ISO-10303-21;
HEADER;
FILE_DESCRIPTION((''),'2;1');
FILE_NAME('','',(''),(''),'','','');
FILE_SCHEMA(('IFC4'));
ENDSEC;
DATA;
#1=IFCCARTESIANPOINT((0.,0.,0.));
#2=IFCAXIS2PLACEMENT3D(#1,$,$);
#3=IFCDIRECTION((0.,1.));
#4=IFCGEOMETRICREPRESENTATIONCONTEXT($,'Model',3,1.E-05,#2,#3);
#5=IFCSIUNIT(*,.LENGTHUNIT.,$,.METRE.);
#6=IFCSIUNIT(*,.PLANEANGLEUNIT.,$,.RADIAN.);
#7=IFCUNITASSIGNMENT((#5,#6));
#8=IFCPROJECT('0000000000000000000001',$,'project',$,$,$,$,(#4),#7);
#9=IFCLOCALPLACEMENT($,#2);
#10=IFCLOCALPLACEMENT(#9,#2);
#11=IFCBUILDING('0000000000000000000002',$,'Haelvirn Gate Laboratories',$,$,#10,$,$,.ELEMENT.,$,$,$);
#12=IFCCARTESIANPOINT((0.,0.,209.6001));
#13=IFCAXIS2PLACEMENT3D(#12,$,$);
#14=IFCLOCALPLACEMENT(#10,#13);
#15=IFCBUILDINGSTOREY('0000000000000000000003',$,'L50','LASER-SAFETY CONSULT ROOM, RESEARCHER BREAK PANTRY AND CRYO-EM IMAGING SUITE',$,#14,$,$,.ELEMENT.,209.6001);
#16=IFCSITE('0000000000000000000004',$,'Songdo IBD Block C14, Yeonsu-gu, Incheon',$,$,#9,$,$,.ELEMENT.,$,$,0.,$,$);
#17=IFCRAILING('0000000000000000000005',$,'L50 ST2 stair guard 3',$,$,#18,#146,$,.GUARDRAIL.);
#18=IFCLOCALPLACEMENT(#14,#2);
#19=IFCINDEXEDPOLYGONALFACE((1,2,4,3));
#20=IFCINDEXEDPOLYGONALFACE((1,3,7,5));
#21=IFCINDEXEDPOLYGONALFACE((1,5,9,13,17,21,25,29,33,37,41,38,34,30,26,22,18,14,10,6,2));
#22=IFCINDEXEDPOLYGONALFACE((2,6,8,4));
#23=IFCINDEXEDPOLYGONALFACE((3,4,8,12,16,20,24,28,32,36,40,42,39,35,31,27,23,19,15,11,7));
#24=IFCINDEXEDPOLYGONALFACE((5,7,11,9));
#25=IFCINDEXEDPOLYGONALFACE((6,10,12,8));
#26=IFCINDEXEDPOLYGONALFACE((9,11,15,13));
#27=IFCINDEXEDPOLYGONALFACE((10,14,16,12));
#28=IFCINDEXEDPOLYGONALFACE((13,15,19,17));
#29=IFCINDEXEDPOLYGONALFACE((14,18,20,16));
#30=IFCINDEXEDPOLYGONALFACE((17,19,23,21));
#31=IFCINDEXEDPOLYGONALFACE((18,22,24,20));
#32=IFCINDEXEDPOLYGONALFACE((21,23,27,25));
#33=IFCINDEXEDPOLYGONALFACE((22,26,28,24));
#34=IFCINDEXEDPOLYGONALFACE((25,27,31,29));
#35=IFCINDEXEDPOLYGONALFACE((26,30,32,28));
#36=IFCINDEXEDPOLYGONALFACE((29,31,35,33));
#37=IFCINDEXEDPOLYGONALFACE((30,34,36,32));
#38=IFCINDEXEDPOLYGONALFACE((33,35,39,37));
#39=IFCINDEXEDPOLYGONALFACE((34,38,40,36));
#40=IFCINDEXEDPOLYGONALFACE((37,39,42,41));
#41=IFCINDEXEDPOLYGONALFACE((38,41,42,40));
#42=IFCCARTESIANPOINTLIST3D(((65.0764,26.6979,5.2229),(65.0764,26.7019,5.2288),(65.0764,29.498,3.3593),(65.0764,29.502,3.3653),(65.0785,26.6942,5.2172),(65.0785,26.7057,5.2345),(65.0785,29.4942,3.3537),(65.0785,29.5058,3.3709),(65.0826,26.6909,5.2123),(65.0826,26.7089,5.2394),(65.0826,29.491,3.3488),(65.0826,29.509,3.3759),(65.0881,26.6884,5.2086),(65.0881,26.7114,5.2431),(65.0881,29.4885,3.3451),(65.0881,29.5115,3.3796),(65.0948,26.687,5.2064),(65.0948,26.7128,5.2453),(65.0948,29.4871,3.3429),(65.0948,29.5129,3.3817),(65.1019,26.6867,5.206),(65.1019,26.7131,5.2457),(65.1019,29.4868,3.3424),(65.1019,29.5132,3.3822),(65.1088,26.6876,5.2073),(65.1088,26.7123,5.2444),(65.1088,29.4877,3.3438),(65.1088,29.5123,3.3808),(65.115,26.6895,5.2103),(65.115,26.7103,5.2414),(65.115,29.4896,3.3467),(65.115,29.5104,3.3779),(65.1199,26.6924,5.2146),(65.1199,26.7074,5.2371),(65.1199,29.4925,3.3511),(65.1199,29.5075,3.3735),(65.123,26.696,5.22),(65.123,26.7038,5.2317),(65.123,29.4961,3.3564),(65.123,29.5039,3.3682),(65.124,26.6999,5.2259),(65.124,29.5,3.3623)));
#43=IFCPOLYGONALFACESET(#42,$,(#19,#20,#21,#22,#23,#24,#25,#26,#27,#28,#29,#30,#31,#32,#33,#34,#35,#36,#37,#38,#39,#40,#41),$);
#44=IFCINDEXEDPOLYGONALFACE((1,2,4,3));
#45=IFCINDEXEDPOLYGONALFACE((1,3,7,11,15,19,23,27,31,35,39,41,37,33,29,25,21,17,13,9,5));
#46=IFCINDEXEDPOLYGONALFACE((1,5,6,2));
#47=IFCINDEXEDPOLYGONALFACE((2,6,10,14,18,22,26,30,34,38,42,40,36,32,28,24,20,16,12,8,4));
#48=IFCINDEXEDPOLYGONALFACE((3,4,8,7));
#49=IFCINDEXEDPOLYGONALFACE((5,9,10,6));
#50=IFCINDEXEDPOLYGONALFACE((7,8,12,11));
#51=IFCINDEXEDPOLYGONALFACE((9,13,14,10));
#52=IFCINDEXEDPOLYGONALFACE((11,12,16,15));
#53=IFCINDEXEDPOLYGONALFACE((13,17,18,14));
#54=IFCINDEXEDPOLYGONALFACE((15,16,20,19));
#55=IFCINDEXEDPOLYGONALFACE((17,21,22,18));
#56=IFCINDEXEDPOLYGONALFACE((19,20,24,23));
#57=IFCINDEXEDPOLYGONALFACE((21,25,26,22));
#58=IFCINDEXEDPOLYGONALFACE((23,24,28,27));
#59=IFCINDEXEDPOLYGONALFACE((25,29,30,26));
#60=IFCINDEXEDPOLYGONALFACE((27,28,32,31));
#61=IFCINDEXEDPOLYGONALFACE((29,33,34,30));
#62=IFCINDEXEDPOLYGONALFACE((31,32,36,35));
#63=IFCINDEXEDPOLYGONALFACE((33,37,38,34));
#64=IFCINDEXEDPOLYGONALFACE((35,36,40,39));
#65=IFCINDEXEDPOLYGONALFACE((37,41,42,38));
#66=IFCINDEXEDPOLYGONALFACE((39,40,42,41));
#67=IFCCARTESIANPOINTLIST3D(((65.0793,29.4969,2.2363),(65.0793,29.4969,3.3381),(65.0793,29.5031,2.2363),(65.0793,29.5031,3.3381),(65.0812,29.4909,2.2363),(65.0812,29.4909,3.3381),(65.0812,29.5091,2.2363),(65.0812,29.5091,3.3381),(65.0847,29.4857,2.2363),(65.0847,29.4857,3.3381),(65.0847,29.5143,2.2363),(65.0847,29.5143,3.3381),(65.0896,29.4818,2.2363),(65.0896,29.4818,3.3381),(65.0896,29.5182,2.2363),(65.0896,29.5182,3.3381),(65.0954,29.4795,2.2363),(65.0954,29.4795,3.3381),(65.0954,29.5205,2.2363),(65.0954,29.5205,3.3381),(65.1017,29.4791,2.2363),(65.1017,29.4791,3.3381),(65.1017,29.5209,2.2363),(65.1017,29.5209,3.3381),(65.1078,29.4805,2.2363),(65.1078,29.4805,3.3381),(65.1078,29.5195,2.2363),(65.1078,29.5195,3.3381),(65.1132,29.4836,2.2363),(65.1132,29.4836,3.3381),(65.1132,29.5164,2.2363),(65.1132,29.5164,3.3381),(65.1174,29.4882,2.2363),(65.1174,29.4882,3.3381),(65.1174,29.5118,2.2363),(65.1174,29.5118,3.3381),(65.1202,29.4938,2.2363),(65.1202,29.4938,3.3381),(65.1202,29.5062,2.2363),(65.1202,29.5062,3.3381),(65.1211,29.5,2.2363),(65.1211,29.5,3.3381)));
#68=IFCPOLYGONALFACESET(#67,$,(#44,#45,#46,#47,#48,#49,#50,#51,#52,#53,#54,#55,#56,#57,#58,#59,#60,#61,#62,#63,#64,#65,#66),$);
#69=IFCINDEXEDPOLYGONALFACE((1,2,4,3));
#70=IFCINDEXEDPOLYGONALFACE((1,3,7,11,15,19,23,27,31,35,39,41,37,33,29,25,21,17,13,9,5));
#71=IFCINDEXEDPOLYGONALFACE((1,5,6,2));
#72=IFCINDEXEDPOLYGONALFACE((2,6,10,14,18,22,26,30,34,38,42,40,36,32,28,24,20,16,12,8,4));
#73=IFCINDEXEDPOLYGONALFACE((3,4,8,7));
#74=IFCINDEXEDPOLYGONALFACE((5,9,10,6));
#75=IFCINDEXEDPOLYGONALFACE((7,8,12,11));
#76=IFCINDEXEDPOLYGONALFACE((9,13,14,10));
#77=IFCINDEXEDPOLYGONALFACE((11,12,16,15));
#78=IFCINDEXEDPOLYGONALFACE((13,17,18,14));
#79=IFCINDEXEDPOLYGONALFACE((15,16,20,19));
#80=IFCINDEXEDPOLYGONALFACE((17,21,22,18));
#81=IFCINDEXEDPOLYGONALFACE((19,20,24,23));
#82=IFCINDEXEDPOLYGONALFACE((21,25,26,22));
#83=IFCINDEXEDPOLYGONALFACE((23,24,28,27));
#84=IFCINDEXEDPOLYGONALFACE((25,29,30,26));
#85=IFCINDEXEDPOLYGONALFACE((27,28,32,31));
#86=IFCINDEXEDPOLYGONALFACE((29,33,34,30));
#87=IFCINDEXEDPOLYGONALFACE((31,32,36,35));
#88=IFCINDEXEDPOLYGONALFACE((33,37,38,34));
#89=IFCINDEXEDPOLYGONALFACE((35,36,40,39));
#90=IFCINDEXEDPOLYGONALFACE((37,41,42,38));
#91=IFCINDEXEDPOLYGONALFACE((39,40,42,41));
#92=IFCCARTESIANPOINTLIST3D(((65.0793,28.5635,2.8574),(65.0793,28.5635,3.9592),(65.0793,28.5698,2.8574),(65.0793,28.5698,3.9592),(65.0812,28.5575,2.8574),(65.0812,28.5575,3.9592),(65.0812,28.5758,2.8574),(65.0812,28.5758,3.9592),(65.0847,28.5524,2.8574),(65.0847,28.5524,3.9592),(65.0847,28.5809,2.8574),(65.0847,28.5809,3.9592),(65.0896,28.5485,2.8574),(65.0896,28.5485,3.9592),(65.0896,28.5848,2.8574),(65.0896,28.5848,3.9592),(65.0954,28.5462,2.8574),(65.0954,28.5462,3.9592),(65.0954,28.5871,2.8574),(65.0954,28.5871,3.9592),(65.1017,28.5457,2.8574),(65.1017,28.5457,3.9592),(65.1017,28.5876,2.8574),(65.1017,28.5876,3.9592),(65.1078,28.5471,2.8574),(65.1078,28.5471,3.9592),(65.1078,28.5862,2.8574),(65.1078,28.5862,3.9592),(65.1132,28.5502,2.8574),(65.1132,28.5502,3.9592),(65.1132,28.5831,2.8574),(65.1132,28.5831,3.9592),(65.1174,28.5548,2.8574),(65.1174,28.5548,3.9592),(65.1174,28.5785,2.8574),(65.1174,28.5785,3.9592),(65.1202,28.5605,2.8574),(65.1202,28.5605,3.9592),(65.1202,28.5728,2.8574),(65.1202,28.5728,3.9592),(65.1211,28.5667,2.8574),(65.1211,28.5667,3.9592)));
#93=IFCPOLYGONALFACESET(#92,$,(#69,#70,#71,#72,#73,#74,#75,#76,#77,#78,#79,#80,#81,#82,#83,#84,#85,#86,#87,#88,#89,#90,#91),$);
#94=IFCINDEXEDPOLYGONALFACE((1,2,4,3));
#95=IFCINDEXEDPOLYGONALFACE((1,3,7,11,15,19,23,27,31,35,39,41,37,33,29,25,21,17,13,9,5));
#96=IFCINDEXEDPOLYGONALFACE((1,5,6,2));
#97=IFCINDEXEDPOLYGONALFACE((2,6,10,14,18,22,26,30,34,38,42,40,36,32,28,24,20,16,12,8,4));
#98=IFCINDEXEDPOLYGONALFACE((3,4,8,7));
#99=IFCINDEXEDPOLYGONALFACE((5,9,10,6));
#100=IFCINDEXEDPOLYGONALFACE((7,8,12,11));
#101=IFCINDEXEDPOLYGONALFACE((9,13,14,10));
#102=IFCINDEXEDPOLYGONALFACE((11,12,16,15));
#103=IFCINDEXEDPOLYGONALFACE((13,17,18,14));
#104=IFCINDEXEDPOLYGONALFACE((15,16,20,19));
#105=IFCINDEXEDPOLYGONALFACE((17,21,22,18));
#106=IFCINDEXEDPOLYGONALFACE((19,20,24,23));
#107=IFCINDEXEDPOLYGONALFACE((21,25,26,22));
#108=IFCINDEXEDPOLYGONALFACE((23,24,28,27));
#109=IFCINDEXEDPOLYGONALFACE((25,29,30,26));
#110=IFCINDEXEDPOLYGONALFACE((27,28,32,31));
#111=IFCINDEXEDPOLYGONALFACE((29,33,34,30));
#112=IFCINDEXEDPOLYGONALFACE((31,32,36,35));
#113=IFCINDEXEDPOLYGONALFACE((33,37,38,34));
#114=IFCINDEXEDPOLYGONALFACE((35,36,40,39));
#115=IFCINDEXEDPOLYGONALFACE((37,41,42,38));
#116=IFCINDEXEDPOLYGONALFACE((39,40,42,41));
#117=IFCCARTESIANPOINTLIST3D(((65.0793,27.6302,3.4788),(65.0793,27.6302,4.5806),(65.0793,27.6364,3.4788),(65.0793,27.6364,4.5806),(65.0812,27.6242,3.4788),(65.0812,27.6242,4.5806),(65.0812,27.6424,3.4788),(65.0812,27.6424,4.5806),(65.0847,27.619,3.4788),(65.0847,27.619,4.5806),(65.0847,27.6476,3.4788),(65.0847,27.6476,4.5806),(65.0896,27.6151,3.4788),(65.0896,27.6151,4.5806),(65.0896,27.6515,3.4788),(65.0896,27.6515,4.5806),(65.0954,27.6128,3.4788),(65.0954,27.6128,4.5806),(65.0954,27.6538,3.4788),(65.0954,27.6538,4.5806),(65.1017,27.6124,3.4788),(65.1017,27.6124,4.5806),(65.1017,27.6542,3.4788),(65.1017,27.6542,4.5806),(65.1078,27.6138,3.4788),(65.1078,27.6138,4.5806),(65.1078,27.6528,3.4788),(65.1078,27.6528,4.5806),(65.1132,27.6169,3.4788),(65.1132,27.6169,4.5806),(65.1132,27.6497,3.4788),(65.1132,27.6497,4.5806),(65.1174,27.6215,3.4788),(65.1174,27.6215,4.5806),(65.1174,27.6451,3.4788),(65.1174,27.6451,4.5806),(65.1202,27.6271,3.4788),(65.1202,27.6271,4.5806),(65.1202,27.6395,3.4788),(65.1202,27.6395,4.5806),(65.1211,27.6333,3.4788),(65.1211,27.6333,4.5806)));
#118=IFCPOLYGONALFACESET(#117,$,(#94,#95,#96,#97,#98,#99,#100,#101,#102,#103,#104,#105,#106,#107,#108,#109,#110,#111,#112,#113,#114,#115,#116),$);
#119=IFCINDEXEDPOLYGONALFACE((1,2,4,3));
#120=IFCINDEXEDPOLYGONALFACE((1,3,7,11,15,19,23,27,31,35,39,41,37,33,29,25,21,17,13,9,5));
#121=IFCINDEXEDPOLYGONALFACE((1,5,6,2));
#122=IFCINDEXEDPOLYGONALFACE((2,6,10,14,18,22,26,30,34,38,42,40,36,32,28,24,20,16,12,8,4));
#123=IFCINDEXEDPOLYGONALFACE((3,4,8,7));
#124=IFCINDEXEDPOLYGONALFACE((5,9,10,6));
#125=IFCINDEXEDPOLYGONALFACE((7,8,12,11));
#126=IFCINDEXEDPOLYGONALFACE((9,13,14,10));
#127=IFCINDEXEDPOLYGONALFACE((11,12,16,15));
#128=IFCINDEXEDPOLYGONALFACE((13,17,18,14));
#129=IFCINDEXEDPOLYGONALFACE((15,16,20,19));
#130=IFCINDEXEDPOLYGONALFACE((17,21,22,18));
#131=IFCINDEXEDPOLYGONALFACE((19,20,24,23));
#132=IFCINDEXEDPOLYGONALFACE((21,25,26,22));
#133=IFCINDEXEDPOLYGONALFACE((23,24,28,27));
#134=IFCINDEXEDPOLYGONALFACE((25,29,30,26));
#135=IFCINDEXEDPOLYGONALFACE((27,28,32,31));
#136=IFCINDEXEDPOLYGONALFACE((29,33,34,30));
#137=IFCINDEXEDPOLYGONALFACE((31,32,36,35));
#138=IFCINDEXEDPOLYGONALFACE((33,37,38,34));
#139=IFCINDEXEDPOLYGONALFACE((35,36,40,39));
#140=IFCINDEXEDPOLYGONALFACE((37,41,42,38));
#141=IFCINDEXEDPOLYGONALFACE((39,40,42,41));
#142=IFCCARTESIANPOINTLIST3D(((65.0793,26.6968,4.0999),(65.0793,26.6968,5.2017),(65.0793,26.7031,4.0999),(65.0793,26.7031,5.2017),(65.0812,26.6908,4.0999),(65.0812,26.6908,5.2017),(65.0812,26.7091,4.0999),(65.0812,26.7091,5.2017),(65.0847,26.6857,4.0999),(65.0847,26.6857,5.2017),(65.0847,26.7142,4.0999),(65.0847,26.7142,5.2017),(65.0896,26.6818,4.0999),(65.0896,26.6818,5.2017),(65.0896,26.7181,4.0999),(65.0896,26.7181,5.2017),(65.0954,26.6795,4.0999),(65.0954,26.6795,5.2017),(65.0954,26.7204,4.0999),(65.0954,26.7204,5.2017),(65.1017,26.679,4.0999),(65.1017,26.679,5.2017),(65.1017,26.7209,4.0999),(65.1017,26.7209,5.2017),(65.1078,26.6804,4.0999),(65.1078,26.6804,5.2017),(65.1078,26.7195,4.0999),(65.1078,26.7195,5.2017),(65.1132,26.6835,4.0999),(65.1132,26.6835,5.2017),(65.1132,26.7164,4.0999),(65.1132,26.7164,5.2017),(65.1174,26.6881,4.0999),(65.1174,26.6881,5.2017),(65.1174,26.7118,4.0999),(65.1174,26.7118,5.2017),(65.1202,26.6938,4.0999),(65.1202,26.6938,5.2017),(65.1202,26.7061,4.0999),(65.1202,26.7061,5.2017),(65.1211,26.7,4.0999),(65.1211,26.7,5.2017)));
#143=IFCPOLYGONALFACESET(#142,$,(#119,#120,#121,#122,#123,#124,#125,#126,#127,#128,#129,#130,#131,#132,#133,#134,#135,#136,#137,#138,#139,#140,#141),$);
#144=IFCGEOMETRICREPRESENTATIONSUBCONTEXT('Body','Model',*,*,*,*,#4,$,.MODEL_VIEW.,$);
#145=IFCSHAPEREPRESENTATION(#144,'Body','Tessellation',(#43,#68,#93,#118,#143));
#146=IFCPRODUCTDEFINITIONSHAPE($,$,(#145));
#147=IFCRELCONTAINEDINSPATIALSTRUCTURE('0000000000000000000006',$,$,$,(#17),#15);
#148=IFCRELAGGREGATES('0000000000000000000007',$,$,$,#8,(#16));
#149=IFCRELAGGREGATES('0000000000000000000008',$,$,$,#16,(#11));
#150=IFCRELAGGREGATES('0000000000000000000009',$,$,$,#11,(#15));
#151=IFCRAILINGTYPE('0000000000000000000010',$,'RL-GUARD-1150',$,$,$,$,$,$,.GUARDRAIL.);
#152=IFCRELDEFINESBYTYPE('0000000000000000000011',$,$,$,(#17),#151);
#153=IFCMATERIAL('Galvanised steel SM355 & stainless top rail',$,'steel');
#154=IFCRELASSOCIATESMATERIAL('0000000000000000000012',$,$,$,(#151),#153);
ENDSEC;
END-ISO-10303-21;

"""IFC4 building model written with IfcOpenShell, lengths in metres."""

from ifc_helpers import new_model, si_unit, direction, frame, origin, origin_2d, place, context, subcontext, project, spatial, circle, extrude, source, transform, mapped, material, type_object, element, save


model = new_model("IFC4")

# Units and contexts
model_context = context("Model", 3, precision=1e-05, world=origin(), true_north=direction((0.0, 1.0)))
body_context = subcontext(model_context, "Body", "Model", "MODEL_VIEW")
ifc_project = project(units=[si_unit("LENGTHUNIT", "METRE"), si_unit("PLANEANGLEUNIT", "RADIAN")], contexts=[model_context])

# Site, building, storey
site_placement = place(None, origin())
site = spatial("IfcSite", under=ifc_project, at=site_placement, Name="Songdo IBD Block C14, Yeonsu-gu, Incheon", CompositionType="ELEMENT", RefElevation=0.0)
building_placement = place(site_placement, origin())
building = spatial("IfcBuilding", under=site, at=building_placement, Name="Haelvirn Gate Laboratories", CompositionType="ELEMENT")
storey_placement = place(building_placement, frame((0.0, 0.0, 209.6001)))
storey = spatial("IfcBuildingStorey", under=building, at=storey_placement, Name="L50", Description="LASER-SAFETY CONSULT ROOM, RESEARCHER BREAK PANTRY AND CRYO-EM IMAGING SUITE", CompositionType="ELEMENT", Elevation=209.6001)

# Railing
ifc_material_1 = material(Name="Galvanised steel SM355 & stainless top rail", Category="steel")
railing_type_1 = type_object("IfcRailingType", Name="RL-GUARD-1150", PredefinedType="GUARDRAIL", material=ifc_material_1)
shared_shape_1 = source(origin(), body_context, "Body", "SweptSolid", [
    extrude(circle(Radius=0.0239, at=origin_2d()), frame((0.0, 0.0, 1.126), z_axis=(0.0, -0.832486, 0.554047), x_axis=(1.0, 0.0, 0.0)), (0.0, 0.0, 1.0), 3.3635),
    extrude(circle(Radius=0.021, at=origin_2d()), origin(), (0.0, 0.0, 1.0), 1.1018),
    extrude(circle(Radius=0.021, at=origin_2d()), frame((0.0, -0.9333, 0.6211)), (0.0, 0.0, 1.0), 1.1018),
    extrude(circle(Radius=0.021, at=origin_2d()), frame((0.0, -1.8667, 1.2424)), (0.0, 0.0, 1.0), 1.1018),
    extrude(circle(Radius=0.021, at=origin_2d()), frame((0.0, -2.8, 1.8635)), (0.0, 0.0, 1.0), 1.1018),
])
railing_1_placement = place(storey_placement, frame((65.1001, 29.5, 2.2363)))
element("IfcRailing", 1, at=railing_1_placement, inside=storey, type_object=railing_type_1, Name="L50 ST2 stair guard 3", PredefinedType="GUARDRAIL", context=body_context, shape_type="MappedRepresentation", body=[
    mapped(shared_shape_1, transform((0.0, 0.0, 0.0), scale=1.0)),
])

save(model, "model.ifc")
